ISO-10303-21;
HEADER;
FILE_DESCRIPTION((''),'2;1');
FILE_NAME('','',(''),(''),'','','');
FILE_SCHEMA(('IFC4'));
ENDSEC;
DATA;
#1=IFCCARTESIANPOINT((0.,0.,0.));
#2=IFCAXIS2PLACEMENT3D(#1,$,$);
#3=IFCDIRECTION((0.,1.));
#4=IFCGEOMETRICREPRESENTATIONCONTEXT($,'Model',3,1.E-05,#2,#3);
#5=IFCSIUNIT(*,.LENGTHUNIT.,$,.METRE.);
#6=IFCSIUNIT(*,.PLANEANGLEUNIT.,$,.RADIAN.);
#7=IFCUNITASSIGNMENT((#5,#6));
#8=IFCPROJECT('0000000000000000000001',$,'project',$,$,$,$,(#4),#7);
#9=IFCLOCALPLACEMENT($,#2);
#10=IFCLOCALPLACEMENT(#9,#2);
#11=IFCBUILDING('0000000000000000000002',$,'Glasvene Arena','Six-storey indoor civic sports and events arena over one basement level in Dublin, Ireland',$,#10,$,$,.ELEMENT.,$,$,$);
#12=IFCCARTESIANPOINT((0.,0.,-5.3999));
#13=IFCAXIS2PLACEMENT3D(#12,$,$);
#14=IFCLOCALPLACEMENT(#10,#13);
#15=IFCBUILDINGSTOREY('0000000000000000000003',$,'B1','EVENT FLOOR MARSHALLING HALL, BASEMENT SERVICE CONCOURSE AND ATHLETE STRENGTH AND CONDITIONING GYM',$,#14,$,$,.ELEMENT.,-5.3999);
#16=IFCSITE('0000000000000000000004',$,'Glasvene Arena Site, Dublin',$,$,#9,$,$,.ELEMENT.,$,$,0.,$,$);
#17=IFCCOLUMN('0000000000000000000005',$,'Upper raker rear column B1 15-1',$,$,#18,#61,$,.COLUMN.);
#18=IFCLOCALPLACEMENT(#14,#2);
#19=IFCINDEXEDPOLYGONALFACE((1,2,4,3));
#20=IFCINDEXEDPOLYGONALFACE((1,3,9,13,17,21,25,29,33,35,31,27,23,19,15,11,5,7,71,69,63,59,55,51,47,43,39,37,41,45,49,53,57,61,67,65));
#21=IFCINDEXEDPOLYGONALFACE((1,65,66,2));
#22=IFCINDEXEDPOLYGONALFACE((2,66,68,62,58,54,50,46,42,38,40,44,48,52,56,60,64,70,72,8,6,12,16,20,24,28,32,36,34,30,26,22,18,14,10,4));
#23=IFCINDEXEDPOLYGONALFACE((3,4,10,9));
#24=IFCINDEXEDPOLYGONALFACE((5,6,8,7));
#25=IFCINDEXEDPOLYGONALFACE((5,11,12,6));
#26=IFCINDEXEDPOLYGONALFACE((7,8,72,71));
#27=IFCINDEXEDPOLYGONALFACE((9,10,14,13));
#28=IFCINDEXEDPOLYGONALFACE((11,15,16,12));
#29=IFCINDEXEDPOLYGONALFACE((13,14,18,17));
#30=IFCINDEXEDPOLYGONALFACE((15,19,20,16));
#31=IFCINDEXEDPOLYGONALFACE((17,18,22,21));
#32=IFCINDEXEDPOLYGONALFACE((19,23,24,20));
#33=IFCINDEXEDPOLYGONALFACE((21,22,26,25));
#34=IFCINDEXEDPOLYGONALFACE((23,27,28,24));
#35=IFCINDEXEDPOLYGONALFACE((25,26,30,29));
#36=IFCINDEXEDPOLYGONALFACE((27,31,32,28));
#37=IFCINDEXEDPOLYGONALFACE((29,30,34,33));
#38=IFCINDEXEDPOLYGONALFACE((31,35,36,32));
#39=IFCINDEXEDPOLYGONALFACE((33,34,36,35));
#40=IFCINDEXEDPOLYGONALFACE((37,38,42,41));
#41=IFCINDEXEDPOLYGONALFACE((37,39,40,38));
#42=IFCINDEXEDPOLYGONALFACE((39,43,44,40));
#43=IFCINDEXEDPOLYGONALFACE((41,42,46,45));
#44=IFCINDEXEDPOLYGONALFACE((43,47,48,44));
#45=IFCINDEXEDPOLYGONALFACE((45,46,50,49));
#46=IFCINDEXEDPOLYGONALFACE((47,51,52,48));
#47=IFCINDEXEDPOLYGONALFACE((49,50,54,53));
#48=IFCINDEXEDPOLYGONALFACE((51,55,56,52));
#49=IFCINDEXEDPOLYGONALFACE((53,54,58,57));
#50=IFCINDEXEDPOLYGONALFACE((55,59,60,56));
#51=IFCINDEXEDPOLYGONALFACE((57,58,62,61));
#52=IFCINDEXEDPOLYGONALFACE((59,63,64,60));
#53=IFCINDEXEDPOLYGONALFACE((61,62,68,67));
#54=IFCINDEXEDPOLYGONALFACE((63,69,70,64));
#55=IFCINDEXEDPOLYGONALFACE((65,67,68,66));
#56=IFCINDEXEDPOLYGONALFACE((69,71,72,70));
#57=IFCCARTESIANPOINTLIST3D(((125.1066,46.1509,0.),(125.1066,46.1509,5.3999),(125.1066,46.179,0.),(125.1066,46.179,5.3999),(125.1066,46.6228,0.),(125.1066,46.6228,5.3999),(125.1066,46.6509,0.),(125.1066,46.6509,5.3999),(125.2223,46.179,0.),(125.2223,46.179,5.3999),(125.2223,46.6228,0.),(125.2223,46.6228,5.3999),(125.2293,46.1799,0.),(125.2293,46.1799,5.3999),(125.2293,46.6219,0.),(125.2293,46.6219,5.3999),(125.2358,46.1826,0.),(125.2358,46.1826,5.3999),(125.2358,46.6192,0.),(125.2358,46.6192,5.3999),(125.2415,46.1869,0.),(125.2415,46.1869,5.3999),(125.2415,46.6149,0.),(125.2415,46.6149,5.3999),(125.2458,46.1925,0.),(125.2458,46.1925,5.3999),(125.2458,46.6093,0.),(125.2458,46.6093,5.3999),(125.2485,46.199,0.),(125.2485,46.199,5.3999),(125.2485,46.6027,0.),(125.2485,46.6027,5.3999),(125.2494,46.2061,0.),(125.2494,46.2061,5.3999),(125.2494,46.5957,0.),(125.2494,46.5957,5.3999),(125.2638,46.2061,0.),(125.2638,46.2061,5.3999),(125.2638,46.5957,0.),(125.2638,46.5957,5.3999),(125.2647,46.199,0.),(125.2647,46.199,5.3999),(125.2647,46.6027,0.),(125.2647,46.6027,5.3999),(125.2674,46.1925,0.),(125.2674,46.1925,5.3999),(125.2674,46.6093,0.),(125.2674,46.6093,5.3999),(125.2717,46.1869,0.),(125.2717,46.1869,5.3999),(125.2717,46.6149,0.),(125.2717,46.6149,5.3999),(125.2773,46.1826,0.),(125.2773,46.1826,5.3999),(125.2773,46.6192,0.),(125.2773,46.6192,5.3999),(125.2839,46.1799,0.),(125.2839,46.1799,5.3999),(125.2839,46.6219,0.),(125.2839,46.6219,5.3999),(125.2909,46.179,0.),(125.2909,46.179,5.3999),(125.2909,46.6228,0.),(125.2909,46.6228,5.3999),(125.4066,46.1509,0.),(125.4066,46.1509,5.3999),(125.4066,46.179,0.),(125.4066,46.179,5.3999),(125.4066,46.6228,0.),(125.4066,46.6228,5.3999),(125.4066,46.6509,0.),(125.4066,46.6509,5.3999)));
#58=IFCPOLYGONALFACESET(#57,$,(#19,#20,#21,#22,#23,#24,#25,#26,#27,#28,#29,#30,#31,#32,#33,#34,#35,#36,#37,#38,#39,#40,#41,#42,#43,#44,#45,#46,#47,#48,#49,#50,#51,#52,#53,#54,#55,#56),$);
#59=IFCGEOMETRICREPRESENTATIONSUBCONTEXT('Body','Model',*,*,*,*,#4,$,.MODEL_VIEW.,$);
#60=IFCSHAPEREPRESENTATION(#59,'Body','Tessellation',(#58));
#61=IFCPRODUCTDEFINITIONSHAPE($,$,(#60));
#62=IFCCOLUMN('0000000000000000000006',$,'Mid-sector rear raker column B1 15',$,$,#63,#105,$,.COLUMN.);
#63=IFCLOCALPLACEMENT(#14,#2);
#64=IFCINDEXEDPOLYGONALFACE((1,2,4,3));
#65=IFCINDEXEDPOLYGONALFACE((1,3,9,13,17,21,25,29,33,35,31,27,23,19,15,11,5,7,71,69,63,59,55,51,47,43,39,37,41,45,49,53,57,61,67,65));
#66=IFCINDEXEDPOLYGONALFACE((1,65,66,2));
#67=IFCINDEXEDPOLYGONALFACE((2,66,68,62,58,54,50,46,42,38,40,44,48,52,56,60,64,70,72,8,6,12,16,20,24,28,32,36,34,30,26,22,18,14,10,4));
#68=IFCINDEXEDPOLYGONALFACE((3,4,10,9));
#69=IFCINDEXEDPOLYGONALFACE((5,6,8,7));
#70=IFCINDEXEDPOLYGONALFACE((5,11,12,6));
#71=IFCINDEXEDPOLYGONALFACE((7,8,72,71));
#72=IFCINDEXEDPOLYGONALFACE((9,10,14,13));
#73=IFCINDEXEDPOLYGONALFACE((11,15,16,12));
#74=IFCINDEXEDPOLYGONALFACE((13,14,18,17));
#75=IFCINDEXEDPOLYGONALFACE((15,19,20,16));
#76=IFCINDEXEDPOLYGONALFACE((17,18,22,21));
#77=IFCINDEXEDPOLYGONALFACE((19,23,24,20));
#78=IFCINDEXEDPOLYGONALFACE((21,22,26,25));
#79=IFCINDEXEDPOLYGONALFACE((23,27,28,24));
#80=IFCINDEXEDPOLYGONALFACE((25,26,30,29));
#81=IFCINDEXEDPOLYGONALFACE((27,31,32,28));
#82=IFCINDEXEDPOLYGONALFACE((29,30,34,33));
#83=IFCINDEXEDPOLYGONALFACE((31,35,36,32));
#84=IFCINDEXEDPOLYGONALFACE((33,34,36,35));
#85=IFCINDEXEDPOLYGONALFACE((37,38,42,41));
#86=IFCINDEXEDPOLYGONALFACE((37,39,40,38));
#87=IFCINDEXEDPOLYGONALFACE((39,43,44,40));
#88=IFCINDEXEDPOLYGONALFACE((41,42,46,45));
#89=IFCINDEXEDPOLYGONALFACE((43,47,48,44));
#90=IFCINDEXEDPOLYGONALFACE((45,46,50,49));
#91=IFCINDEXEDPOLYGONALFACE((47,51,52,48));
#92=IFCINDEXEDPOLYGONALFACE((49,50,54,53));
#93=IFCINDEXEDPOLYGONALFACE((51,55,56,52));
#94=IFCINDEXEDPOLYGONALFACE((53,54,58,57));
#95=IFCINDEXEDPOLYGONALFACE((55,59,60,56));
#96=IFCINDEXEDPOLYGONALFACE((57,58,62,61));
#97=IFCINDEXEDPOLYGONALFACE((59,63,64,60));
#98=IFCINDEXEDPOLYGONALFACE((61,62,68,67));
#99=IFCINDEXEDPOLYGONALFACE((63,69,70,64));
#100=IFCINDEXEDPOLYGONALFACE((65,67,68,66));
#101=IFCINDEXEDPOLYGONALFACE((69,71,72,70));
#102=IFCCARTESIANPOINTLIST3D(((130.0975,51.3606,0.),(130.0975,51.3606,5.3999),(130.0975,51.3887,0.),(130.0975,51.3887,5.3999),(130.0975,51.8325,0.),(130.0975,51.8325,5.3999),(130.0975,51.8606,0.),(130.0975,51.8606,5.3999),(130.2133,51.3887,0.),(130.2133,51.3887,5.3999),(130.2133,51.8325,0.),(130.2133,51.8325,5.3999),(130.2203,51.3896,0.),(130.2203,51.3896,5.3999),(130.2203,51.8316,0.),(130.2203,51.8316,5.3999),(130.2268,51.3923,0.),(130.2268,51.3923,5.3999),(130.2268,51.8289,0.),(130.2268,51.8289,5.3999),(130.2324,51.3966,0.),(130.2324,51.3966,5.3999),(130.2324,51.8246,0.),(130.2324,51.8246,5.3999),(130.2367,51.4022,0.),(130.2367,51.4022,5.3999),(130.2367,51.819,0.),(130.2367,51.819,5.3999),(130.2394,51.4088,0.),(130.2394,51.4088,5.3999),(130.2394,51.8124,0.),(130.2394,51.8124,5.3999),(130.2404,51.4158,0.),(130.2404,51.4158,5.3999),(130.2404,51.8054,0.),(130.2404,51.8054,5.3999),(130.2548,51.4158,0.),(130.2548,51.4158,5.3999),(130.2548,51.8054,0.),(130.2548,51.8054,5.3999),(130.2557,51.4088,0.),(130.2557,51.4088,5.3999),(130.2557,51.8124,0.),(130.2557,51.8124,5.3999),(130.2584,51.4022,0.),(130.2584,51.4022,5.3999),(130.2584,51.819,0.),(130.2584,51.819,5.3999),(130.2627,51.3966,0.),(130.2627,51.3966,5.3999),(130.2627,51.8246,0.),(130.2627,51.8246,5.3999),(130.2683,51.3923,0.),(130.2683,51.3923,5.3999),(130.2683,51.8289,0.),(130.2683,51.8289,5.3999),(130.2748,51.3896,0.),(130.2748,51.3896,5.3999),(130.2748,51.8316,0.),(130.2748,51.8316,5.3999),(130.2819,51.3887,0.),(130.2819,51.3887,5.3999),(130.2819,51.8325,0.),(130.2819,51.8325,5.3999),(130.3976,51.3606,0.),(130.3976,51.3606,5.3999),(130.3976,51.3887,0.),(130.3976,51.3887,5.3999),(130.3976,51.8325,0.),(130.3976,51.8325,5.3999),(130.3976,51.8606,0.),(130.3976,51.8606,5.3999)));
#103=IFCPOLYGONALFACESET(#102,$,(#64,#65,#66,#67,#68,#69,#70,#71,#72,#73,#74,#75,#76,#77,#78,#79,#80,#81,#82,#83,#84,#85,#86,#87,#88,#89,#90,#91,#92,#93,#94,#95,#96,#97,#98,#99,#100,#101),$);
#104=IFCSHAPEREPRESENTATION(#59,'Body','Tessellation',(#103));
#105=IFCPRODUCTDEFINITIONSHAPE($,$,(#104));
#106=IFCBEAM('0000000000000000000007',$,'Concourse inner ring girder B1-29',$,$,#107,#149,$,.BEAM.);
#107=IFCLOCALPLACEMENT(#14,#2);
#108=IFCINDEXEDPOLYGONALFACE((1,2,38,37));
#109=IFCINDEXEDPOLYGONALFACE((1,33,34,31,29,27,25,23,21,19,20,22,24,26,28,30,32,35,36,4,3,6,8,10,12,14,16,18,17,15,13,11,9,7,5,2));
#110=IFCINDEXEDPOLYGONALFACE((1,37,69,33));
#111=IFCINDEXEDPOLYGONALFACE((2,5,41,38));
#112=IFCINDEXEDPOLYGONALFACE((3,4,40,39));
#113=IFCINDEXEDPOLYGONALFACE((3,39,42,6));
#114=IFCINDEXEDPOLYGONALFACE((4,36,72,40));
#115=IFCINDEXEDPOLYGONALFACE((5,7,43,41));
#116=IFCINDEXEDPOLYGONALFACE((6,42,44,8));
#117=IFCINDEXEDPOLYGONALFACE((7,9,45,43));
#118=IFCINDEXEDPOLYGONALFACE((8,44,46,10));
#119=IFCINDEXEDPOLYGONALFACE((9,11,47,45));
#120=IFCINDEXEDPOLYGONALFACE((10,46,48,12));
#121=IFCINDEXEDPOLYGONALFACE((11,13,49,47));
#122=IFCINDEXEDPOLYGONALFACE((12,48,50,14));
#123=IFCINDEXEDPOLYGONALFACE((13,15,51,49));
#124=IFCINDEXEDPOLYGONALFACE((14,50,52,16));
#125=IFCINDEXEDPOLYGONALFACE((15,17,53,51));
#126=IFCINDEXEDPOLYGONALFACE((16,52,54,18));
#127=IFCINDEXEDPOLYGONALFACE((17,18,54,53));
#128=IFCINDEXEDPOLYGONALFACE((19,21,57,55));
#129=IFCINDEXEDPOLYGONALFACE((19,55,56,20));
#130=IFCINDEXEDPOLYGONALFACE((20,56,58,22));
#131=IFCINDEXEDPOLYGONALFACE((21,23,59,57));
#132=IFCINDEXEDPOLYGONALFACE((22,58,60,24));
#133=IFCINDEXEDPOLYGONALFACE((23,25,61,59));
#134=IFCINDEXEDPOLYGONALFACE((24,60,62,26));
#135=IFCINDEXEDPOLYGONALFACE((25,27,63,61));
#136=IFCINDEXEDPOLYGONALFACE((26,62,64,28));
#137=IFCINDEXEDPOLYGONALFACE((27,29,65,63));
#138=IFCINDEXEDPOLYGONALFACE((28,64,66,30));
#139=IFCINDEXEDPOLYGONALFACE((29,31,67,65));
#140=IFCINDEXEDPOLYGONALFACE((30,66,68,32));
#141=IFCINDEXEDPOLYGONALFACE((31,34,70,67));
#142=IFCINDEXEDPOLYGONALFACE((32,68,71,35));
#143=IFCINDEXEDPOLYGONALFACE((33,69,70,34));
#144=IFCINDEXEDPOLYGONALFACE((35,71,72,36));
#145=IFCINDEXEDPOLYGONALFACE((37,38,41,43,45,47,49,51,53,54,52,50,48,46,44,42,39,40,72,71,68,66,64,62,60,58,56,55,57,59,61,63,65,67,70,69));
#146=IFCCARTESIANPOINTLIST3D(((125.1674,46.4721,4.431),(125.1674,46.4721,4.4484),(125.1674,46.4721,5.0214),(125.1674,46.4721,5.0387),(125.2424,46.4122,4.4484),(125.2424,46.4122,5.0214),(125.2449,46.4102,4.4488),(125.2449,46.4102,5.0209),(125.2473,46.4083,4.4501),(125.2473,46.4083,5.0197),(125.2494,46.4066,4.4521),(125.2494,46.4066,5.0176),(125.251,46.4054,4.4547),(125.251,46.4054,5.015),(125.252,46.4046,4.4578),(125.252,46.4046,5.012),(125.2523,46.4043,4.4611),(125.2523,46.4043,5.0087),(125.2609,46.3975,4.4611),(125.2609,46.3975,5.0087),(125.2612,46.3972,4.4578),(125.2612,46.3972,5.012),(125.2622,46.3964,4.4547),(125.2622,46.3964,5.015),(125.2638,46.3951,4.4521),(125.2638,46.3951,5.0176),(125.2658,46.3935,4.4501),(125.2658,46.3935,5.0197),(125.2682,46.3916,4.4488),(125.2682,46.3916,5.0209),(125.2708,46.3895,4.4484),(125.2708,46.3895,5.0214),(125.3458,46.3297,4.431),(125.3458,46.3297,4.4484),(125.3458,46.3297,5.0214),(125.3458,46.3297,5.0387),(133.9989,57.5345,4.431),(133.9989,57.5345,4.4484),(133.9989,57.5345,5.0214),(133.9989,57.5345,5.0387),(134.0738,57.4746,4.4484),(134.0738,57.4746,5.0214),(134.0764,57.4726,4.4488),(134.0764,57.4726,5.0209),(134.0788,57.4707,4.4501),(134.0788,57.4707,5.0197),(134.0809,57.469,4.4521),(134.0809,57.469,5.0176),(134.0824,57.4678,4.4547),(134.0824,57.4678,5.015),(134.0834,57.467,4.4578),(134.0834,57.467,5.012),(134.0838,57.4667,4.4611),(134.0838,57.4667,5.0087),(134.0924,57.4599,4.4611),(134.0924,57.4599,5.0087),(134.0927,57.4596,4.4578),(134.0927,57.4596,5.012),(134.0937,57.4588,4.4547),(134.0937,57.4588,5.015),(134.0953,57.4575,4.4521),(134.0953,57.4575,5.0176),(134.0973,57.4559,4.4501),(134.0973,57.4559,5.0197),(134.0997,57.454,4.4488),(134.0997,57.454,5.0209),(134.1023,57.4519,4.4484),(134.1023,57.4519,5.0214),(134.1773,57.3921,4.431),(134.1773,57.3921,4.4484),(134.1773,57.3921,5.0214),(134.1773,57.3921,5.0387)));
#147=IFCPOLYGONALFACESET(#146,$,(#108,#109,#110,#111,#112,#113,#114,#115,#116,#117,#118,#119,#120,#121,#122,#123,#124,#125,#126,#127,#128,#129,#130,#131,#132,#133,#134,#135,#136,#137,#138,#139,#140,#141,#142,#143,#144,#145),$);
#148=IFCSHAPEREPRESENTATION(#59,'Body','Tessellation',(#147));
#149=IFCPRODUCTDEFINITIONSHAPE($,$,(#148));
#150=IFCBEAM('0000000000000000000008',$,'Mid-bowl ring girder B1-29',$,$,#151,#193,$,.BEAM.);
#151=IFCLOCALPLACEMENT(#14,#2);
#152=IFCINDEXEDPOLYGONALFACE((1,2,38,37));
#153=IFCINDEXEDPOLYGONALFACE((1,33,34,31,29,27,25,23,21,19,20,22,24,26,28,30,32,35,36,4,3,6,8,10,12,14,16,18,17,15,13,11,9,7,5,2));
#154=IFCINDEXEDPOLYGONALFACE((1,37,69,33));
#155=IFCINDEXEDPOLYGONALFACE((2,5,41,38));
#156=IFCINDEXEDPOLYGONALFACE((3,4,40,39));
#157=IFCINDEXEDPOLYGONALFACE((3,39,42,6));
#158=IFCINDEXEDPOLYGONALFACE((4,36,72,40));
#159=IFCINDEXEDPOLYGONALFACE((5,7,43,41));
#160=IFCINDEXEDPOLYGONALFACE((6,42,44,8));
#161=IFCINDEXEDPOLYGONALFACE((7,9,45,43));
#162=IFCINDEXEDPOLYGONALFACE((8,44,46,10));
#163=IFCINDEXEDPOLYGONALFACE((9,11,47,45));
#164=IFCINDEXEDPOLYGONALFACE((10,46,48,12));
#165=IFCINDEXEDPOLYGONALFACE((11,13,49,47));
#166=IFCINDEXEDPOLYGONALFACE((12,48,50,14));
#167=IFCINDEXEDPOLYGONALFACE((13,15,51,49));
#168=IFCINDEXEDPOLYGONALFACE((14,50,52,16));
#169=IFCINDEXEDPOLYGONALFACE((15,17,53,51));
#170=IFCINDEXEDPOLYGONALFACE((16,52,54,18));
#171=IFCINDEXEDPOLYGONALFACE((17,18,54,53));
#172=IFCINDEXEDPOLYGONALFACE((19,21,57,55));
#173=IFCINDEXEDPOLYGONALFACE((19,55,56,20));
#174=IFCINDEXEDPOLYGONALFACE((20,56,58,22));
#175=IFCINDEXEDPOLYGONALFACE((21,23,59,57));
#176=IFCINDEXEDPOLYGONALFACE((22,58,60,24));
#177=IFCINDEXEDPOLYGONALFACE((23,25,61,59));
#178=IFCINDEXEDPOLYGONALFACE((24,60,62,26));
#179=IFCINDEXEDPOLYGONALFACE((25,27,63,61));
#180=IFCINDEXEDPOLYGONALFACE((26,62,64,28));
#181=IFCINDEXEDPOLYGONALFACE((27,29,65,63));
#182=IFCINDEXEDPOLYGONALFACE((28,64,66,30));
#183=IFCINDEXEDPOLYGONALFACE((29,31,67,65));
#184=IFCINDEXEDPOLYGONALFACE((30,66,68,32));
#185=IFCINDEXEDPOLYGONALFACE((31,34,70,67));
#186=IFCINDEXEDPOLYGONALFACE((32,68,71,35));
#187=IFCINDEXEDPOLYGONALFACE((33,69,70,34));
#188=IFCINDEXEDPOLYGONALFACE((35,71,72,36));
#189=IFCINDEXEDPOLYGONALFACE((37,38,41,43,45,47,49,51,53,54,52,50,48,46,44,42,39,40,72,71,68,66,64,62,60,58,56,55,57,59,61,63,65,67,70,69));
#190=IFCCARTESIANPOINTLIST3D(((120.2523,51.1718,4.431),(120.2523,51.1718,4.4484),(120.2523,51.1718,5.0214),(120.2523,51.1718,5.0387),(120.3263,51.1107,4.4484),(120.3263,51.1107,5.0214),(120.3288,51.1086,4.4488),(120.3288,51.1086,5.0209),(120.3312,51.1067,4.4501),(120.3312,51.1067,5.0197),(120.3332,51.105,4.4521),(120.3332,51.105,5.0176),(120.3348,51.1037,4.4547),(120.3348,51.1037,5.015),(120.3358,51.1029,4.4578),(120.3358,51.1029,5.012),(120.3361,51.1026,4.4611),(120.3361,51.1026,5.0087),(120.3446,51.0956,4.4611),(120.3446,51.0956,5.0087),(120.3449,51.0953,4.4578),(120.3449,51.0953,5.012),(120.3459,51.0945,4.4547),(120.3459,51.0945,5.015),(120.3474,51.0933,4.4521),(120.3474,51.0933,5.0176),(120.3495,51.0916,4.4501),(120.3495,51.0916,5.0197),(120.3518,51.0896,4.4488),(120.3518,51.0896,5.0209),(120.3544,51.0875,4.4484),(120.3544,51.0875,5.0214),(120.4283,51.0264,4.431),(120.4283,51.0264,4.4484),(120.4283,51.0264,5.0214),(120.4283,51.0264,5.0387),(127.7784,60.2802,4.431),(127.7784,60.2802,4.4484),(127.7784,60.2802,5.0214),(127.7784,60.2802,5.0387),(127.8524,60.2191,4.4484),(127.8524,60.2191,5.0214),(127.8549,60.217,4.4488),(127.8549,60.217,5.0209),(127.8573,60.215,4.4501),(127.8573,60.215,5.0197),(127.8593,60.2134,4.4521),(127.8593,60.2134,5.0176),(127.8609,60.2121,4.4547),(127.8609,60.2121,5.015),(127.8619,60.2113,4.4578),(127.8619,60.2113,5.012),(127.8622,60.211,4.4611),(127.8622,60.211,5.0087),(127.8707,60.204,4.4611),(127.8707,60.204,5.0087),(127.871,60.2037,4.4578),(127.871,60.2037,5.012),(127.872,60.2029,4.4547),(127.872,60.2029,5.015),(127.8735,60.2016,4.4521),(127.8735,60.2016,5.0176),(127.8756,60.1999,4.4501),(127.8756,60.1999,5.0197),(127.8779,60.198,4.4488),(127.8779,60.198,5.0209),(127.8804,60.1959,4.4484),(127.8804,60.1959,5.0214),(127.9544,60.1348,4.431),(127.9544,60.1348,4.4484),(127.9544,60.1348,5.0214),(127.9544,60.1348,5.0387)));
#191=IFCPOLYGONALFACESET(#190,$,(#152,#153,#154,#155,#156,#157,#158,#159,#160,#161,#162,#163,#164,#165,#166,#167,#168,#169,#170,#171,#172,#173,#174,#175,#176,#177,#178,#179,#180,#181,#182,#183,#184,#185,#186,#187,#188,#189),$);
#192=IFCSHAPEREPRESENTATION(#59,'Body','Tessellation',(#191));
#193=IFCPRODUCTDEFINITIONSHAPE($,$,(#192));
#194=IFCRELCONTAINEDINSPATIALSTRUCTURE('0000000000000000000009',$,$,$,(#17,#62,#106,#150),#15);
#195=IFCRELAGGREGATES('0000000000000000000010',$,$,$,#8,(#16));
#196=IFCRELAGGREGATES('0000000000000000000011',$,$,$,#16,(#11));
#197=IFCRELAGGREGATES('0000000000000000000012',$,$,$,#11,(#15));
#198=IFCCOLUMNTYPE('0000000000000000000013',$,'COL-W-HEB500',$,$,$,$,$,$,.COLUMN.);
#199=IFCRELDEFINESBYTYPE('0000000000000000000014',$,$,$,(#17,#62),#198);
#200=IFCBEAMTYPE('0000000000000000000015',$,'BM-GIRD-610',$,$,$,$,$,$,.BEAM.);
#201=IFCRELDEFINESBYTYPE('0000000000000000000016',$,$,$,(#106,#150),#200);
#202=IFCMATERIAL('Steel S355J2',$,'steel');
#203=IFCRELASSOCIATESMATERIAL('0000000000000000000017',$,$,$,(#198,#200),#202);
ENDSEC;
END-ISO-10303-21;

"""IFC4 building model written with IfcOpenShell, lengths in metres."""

from ifc_helpers import new_model, si_unit, direction, frame, origin, origin_2d, place, context, subcontext, project, spatial, i_section, extrude, material, material_profile, profile_set, type_object, element, save


model = new_model("IFC4")

# Units and contexts
model_context = context("Model", 3, precision=1e-05, world=origin(), true_north=direction((0.0, 1.0)))
body_context = subcontext(model_context, "Body", "Model", "MODEL_VIEW")
ifc_project = project(units=[si_unit("LENGTHUNIT", "METRE"), si_unit("PLANEANGLEUNIT", "RADIAN")], contexts=[model_context])

# Site, building, storey
site_placement = place(None, origin())
site = spatial("IfcSite", under=ifc_project, at=site_placement, Name="Glasvene Arena Site, Dublin", CompositionType="ELEMENT", RefElevation=0.0)
building_placement = place(site_placement, origin())
building = spatial("IfcBuilding", under=site, at=building_placement, Name="Glasvene Arena", Description="Six-storey indoor civic sports and events arena over one basement level in Dublin, Ireland", CompositionType="ELEMENT")
storey_placement = place(building_placement, frame((0.0, 0.0, -5.3999)))
storey = spatial("IfcBuildingStorey", under=building, at=storey_placement, Name="B1", Description="EVENT FLOOR MARSHALLING HALL, BASEMENT SERVICE CONCOURSE AND ATHLETE STRENGTH AND CONDITIONING GYM", CompositionType="ELEMENT", Elevation=-5.3999)

# Columns
ifc_material_1 = material(Name="Steel S355J2", Category="steel")
ifc_material_profile_1 = material_profile(ifc_material_1, i_section(OverallWidth=0.3, OverallDepth=0.5, WebThickness=0.0144, FlangeThickness=0.0281, FilletRadius=0.0271, at=origin_2d()), Name="HEB 500")
ifc_profile_set_1 = profile_set([ifc_material_profile_1], Name="Steel S355J2")
column_type_1 = type_object("IfcColumnType", Name="COL-W-HEB500", PredefinedType="COLUMN", material=ifc_profile_set_1)
for number, where, z_axis, x_axis, name in (
    (1, (125.2566, 46.4009, 0.0), (0.0, 0.0, 1.0), (1.0, 0.0, 0.0), "Upper raker rear column B1 15-1"),
    (2, (130.2476, 51.6106, 0.0), (0.0, 0.0, 1.0), (1.0, 0.0, 0.0), "Mid-sector rear raker column B1 15"),
):
    element("IfcColumn", number, at=place(storey_placement, frame(where, z_axis=z_axis, x_axis=x_axis)), inside=storey, type_object=column_type_1, Name=name, PredefinedType="COLUMN", context=body_context, shape_type="SweptSolid", body=[
        extrude(i_section(OverallWidth=0.3, OverallDepth=0.5, WebThickness=0.0144, FlangeThickness=0.0281, FilletRadius=0.0271, at=origin_2d()), origin(), (0.0, 0.0, 1.0), 5.3999),
    ])

# Beams
ifc_material_profile_2 = material_profile(ifc_material_1, i_section(OverallWidth=0.2283, OverallDepth=0.6077, WebThickness=0.011, FlangeThickness=0.0173, FilletRadius=0.0127, at=origin_2d()), Name="UKB 610x229x113")
ifc_profile_set_2 = profile_set([ifc_material_profile_2], Name="Steel S355J2")
beam_type_1 = type_object("IfcBeamType", Name="BM-GIRD-610", PredefinedType="BEAM", material=ifc_profile_set_2)
beam_1_placement = place(storey_placement, frame((125.2566, 46.4009, 4.7349), z_axis=(0.6239, 0.781504, 0.0), x_axis=(-0.781504, 0.6239, 0.0)))
element("IfcBeam", 3, at=beam_1_placement, inside=storey, type_object=beam_type_1, Name="Concourse inner ring girder B1-29", PredefinedType="BEAM", context=body_context, shape_type="SweptSolid", body=[
    extrude(i_section(OverallWidth=0.2283, OverallDepth=0.6077, WebThickness=0.011, FlangeThickness=0.0173, FilletRadius=0.0127, at=origin_2d()), origin(), (0.0, 0.0, 1.0), 14.1553),
])
beam_2_placement = place(storey_placement, frame((120.3403, 51.0991, 4.7349), z_axis=(0.636972, 0.770887, 0.0), x_axis=(-0.770887, 0.636972, 0.0)))
element("IfcBeam", 4, at=beam_2_placement, inside=storey, type_object=beam_type_1, Name="Mid-bowl ring girder B1-29", PredefinedType="BEAM", context=body_context, shape_type="SweptSolid", body=[
    extrude(i_section(OverallWidth=0.2283, OverallDepth=0.6077, WebThickness=0.011, FlangeThickness=0.0173, FilletRadius=0.0127, at=origin_2d()), origin(), (0.0, 0.0, 1.0), 11.8154),
])

save(model, "model.ifc")
